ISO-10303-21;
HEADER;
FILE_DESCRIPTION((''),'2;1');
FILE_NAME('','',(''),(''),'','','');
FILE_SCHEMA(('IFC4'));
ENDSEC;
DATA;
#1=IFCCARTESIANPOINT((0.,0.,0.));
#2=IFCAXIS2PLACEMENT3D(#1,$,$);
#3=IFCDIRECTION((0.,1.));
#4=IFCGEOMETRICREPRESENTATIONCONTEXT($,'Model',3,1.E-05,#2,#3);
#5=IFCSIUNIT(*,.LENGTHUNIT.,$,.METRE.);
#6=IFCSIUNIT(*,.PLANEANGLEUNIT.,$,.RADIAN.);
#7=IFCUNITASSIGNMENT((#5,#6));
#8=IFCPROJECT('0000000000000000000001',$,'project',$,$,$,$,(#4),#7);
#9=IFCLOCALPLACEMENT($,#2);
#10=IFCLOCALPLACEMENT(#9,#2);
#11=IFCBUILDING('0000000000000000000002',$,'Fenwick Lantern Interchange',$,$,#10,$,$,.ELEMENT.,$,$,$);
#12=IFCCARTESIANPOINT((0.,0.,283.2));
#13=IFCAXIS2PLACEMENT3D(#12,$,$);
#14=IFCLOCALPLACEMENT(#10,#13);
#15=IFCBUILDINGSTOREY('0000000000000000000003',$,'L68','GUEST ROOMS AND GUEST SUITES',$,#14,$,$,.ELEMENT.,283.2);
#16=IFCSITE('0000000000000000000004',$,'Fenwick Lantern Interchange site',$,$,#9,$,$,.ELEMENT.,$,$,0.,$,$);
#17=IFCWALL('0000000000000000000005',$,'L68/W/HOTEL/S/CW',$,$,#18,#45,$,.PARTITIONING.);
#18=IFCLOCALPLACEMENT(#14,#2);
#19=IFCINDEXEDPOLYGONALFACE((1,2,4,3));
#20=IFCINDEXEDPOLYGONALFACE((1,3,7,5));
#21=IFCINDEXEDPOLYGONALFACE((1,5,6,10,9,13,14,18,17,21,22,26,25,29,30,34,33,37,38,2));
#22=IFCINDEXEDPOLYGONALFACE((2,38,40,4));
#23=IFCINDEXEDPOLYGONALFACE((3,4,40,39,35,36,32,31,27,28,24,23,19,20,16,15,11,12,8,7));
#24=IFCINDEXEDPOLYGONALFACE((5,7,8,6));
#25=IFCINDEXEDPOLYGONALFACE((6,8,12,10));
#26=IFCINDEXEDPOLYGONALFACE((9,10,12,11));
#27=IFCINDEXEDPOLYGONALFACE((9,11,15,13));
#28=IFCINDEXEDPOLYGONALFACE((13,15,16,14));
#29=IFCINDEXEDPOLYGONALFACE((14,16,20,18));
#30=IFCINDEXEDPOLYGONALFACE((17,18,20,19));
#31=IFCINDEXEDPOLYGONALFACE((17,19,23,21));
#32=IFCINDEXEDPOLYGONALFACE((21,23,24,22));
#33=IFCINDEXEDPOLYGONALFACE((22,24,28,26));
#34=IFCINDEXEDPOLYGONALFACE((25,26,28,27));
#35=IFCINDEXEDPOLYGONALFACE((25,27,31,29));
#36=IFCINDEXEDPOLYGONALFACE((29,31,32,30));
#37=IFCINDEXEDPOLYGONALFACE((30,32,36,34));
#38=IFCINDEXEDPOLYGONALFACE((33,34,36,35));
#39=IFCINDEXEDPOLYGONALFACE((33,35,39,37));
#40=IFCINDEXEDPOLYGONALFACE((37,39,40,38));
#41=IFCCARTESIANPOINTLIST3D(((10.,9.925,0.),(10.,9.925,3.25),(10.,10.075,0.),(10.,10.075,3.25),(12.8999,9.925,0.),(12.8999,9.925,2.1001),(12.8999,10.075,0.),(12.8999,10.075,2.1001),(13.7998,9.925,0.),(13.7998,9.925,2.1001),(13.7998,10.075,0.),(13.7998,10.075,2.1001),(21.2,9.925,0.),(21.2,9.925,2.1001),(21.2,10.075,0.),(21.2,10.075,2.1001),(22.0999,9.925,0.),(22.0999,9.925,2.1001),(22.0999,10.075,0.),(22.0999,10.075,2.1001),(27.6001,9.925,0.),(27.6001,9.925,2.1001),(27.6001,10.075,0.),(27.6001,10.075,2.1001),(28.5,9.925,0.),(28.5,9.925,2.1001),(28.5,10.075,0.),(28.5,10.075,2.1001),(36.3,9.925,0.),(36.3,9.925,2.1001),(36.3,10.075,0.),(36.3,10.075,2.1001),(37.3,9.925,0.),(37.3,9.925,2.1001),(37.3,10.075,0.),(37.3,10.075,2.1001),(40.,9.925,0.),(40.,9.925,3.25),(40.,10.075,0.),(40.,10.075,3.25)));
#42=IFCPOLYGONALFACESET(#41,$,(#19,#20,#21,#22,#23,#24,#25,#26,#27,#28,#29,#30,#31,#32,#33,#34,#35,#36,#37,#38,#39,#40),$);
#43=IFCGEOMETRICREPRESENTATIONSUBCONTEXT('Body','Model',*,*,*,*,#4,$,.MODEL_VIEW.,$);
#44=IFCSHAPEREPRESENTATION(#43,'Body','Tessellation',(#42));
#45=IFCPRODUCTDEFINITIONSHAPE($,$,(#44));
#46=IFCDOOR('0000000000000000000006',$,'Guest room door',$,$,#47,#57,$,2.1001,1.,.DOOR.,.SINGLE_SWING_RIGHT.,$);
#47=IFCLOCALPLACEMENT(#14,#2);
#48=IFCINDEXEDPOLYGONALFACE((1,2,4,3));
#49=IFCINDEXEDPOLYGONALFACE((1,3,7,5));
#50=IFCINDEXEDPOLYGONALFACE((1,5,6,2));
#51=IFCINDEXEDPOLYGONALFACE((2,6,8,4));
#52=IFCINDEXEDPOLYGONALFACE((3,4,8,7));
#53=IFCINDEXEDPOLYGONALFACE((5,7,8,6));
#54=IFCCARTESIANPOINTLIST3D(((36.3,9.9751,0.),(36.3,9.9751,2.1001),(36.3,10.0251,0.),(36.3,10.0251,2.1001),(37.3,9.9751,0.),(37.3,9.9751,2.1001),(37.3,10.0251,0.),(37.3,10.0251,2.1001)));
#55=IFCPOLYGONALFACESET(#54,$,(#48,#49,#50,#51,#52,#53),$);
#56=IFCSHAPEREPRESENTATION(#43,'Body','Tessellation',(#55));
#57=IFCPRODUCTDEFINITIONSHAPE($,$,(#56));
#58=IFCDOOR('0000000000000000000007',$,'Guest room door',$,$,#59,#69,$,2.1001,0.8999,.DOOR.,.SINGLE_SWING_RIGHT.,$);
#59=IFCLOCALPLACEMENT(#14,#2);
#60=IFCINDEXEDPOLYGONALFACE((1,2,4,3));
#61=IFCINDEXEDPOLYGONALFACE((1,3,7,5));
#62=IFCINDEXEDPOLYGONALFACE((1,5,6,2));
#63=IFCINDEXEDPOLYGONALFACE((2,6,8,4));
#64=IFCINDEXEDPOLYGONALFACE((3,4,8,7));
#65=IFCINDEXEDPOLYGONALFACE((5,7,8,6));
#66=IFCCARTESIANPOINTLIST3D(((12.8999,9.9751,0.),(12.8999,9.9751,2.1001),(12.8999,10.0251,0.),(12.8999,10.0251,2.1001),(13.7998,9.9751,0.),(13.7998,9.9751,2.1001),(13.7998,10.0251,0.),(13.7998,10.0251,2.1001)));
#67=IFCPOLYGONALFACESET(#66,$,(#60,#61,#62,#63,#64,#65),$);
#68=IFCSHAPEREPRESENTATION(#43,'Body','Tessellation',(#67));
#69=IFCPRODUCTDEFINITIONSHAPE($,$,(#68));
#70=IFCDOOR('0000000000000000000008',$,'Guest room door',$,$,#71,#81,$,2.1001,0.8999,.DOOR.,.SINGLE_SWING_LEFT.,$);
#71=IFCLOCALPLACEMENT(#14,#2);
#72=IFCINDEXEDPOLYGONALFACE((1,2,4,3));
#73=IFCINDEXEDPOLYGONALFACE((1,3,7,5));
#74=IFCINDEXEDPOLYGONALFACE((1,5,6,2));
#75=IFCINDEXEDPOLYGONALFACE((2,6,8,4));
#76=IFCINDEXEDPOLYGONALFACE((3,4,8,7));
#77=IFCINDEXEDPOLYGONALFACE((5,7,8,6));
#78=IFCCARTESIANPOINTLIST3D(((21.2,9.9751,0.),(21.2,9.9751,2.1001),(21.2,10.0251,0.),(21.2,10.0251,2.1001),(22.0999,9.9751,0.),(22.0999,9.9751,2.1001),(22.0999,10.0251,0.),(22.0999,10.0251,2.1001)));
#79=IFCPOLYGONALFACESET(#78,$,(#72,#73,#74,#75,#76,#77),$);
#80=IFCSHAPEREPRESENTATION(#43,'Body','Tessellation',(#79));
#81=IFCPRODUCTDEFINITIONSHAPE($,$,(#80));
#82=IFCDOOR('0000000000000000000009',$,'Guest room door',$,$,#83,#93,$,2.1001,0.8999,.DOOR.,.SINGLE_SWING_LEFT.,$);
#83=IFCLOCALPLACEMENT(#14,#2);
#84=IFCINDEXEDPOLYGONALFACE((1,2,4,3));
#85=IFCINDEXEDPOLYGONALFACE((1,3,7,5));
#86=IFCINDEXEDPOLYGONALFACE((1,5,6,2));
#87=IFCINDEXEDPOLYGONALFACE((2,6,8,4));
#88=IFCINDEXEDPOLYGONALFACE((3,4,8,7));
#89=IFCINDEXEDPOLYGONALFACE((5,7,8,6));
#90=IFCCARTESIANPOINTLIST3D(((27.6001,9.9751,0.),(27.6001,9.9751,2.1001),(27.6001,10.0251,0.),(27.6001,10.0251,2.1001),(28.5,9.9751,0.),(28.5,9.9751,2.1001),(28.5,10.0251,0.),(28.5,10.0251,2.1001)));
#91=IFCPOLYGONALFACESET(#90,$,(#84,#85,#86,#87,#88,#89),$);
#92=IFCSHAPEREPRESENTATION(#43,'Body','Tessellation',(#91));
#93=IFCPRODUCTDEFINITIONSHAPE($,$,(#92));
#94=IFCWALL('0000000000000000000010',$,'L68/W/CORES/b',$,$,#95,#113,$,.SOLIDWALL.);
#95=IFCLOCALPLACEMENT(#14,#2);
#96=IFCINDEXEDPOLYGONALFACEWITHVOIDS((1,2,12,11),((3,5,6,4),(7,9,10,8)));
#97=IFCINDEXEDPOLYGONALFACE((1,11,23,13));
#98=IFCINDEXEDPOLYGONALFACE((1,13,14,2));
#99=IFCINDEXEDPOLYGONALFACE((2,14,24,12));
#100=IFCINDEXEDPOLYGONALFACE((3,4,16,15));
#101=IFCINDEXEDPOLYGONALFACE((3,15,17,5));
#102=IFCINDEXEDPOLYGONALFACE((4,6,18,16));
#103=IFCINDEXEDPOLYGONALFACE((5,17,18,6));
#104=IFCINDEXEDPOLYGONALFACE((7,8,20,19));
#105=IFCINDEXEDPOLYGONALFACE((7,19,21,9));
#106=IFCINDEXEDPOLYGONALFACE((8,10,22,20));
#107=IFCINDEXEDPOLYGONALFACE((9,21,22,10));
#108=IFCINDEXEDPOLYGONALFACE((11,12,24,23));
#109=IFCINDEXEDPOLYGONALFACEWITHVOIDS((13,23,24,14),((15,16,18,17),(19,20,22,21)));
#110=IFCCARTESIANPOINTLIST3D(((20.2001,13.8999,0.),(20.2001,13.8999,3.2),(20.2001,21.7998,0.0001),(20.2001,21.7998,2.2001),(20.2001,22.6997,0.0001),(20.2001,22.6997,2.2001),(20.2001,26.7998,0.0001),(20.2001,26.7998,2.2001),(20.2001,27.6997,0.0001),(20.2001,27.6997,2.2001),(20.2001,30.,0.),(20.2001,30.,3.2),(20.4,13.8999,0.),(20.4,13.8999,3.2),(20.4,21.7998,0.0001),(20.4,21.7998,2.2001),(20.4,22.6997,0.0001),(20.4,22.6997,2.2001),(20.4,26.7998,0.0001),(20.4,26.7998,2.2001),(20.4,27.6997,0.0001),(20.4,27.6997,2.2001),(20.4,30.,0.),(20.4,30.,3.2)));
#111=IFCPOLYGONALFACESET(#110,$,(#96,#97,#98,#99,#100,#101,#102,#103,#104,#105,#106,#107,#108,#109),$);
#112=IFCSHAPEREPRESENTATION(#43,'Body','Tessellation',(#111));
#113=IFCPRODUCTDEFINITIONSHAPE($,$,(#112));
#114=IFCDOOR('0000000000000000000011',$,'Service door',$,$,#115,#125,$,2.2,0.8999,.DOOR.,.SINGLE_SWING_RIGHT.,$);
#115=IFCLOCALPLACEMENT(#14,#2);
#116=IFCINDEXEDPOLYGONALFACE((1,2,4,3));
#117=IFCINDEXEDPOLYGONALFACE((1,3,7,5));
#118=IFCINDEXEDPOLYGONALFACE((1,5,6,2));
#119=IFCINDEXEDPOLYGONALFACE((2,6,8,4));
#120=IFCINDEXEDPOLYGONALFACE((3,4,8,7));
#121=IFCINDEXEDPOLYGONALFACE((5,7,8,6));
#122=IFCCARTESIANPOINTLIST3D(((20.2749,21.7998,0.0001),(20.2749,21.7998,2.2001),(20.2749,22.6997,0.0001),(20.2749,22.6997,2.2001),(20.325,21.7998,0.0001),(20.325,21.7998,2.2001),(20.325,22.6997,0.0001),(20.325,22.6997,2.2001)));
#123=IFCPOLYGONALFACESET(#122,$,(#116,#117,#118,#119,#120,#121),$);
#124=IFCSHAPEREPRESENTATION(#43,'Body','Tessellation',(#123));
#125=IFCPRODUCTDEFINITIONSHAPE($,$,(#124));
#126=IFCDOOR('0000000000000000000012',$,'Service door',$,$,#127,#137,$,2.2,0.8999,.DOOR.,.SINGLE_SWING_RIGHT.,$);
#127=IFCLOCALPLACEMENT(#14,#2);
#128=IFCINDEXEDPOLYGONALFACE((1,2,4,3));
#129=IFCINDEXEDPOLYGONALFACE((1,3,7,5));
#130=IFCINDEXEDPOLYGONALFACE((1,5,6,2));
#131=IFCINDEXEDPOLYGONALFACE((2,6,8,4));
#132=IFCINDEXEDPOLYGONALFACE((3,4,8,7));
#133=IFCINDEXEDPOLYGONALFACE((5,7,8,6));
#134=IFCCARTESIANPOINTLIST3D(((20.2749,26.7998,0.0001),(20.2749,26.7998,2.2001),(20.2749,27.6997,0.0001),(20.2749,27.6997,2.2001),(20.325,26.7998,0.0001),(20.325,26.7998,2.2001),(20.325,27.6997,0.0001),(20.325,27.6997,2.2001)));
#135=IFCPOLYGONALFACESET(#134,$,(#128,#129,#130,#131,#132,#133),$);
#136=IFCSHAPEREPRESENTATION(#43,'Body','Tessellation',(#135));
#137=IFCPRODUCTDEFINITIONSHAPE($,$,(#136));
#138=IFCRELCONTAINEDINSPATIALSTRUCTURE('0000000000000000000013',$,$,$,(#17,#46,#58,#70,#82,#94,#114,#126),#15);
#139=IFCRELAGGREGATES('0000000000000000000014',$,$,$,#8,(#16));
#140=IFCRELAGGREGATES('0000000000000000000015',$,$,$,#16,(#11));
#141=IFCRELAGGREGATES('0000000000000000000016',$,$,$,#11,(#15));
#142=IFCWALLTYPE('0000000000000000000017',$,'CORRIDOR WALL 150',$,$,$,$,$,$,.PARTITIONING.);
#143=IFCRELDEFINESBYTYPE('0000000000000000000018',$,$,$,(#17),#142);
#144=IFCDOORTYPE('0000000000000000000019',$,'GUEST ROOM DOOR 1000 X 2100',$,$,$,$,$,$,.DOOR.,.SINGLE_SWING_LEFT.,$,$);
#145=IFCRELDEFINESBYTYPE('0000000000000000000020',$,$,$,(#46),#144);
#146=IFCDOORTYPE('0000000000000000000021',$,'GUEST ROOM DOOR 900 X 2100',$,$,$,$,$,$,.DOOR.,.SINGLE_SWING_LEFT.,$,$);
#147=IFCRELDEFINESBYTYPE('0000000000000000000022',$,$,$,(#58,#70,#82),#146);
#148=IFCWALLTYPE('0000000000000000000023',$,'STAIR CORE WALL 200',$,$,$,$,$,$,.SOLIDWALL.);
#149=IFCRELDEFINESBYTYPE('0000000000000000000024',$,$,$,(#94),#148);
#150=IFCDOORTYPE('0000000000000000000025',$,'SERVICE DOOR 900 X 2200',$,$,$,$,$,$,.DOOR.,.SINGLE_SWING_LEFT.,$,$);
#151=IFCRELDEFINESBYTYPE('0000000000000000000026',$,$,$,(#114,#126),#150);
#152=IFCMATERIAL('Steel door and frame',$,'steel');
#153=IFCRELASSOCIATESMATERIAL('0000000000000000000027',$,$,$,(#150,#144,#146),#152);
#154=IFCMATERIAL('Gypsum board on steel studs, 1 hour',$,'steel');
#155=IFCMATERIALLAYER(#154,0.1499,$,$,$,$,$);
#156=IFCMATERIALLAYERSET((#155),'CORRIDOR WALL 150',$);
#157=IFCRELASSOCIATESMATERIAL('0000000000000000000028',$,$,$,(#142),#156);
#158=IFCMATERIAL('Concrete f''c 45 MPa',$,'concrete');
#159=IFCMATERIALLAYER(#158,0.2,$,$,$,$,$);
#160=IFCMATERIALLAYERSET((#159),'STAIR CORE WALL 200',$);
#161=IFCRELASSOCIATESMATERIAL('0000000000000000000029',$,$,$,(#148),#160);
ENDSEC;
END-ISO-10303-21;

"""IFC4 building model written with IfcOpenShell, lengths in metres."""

from ifc_helpers import new_model, si_unit, direction, frame, frame_2d, origin, place, context, subcontext, project, spatial, rectangle, extrude, material, layer, layer_set, type_object, element, fill, save


model = new_model("IFC4")

# Units and contexts
model_context = context("Model", 3, precision=1e-05, world=origin(), true_north=direction((0.0, 1.0)))
body_context = subcontext(model_context, "Body", "Model", "MODEL_VIEW")
ifc_project = project(units=[si_unit("LENGTHUNIT", "METRE"), si_unit("PLANEANGLEUNIT", "RADIAN")], contexts=[model_context])

# Site, building, storey
site_placement = place(None, origin())
site = spatial("IfcSite", under=ifc_project, at=site_placement, Name="Fenwick Lantern Interchange site", CompositionType="ELEMENT", RefElevation=0.0)
building_placement = place(site_placement, origin())
building = spatial("IfcBuilding", under=site, at=building_placement, Name="Fenwick Lantern Interchange", CompositionType="ELEMENT")
storey_placement = place(building_placement, frame((0.0, 0.0, 283.2)))
storey = spatial("IfcBuildingStorey", under=building, at=storey_placement, Name="L68", Description="GUEST ROOMS AND GUEST SUITES", CompositionType="ELEMENT", Elevation=283.2)

# Shared definitions
ifc_material_1 = material(Name="Steel door and frame", Category="steel")
door_type_1 = type_object("IfcDoorType", Name="SERVICE DOOR 900 X 2200", OperationType="SINGLE_SWING_LEFT", PredefinedType="DOOR", material=ifc_material_1)

# Walls, openings, doors
ifc_material_2 = material(Name="Gypsum board on steel studs, 1 hour", Category="steel")
ifc_layer_1 = layer(ifc_material_2, 0.1499)
ifc_layer_set_1 = layer_set([ifc_layer_1], Name="CORRIDOR WALL 150")
wall_type_1 = type_object("IfcWallType", Name="CORRIDOR WALL 150", PredefinedType="PARTITIONING", material=ifc_layer_set_1)
wall_1_placement = place(storey_placement, frame((10.0, 10.0, 0.0), z_axis=(0.0, 0.0, 1.0), x_axis=(1.0, 0.0, 0.0)))
wall_1 = element("IfcWall", 1, at=wall_1_placement, inside=storey, type_object=wall_type_1, Name="L68/W/HOTEL/S/CW", PredefinedType="PARTITIONING", context=body_context, shape_type="SweptSolid", body=[
    extrude(rectangle(XDim=30.0, YDim=0.1499, at=frame_2d((15.0, 0.0))), origin(), (0.0, 0.0, 1.0), 3.25),
])
opening_1_placement = place(wall_1_placement, frame((2.8999, 0.0, 0.0)))
opening_1 = element("IfcOpeningElement", 2, at=opening_1_placement, cuts=wall_1, PredefinedType="OPENING", context=body_context, shape_type="SweptSolid", body=[
    extrude(rectangle(XDim=0.8999, YDim=2.1001, at=frame_2d((0.45, 1.05))), frame((0.0, 0.085, 0.0), z_axis=(0.0, -1.0, 0.0), x_axis=(1.0, 0.0, 0.0)), (0.0, 0.0, 1.0), 0.1699),
])
opening_2_placement = place(wall_1_placement, frame((11.2, 0.0, 0.0)))
opening_2 = element("IfcOpeningElement", 3, at=opening_2_placement, cuts=wall_1, PredefinedType="OPENING", context=body_context, shape_type="SweptSolid", body=[
    extrude(rectangle(XDim=0.8999, YDim=2.1001, at=frame_2d((0.45, 1.05))), frame((0.0, 0.085, 0.0), z_axis=(0.0, -1.0, 0.0), x_axis=(1.0, 0.0, 0.0)), (0.0, 0.0, 1.0), 0.1699),
])
opening_3_placement = place(wall_1_placement, frame((17.6001, 0.0, 0.0)))
opening_3 = element("IfcOpeningElement", 4, at=opening_3_placement, cuts=wall_1, PredefinedType="OPENING", context=body_context, shape_type="SweptSolid", body=[
    extrude(rectangle(XDim=0.8999, YDim=2.1001, at=frame_2d((0.45, 1.05))), frame((0.0, 0.085, 0.0), z_axis=(0.0, -1.0, 0.0), x_axis=(1.0, 0.0, 0.0)), (0.0, 0.0, 1.0), 0.1699),
])
opening_4_placement = place(wall_1_placement, frame((26.3, 0.0, 0.0)))
opening_4 = element("IfcOpeningElement", 5, at=opening_4_placement, cuts=wall_1, PredefinedType="OPENING", context=body_context, shape_type="SweptSolid", body=[
    extrude(rectangle(XDim=1.0, YDim=2.1001, at=frame_2d((0.5, 1.05))), frame((0.0, 0.085, 0.0), z_axis=(0.0, -1.0, 0.0), x_axis=(1.0, 0.0, 0.0)), (0.0, 0.0, 1.0), 0.1699),
])
door_type_2 = type_object("IfcDoorType", Name="GUEST ROOM DOOR 1000 X 2100", OperationType="SINGLE_SWING_LEFT", PredefinedType="DOOR", material=ifc_material_1)
door_1_placement = place(opening_4_placement, frame((1.0, 0.0, 0.0), z_axis=(0.0, 0.0, 1.0), x_axis=(-1.0, 0.0, 0.0)))
door_1 = element("IfcDoor", 6, at=door_1_placement, inside=storey, type_object=door_type_2, Name="Guest room door", OperationType="SINGLE_SWING_RIGHT", OverallHeight=2.1001, OverallWidth=1.0, PredefinedType="DOOR", context=body_context, shape_type="SweptSolid", body=[
    extrude(rectangle(XDim=1.0, YDim=2.1001, at=frame_2d((0.5, 1.05))), frame((0.0, 0.0249, 0.0), z_axis=(0.0, -1.0, 0.0), x_axis=(1.0, 0.0, 0.0)), (0.0, 0.0, 1.0), 0.05),
])
fill(opening_4, door_1)
door_type_3 = type_object("IfcDoorType", Name="GUEST ROOM DOOR 900 X 2100", OperationType="SINGLE_SWING_LEFT", PredefinedType="DOOR", material=ifc_material_1)
door_2_placement = place(opening_1_placement, frame((0.8999, 0.0, 0.0), z_axis=(0.0, 0.0, 1.0), x_axis=(-1.0, 0.0, 0.0)))
door_2 = element("IfcDoor", 7, at=door_2_placement, inside=storey, type_object=door_type_3, Name="Guest room door", OperationType="SINGLE_SWING_RIGHT", OverallHeight=2.1001, OverallWidth=0.8999, PredefinedType="DOOR", context=body_context, shape_type="SweptSolid", body=[
    extrude(rectangle(XDim=0.8999, YDim=2.1001, at=frame_2d((0.45, 1.05))), frame((0.0, 0.0249, 0.0), z_axis=(0.0, -1.0, 0.0), x_axis=(1.0, 0.0, 0.0)), (0.0, 0.0, 1.0), 0.05),
])
fill(opening_1, door_2)
door_3_placement = place(opening_2_placement, frame((0.8999, 0.0, 0.0), z_axis=(0.0, 0.0, 1.0), x_axis=(-1.0, 0.0, 0.0)))
door_3 = element("IfcDoor", 8, at=door_3_placement, inside=storey, type_object=door_type_3, Name="Guest room door", OperationType="SINGLE_SWING_LEFT", OverallHeight=2.1001, OverallWidth=0.8999, PredefinedType="DOOR", context=body_context, shape_type="SweptSolid", body=[
    extrude(rectangle(XDim=0.8999, YDim=2.1001, at=frame_2d((0.45, 1.05))), frame((0.0, 0.0249, 0.0), z_axis=(0.0, -1.0, 0.0), x_axis=(1.0, 0.0, 0.0)), (0.0, 0.0, 1.0), 0.05),
])
fill(opening_2, door_3)
door_4_placement = place(opening_3_placement, frame((0.8999, 0.0, 0.0), z_axis=(0.0, 0.0, 1.0), x_axis=(-1.0, 0.0, 0.0)))
door_4 = element("IfcDoor", 9, at=door_4_placement, inside=storey, type_object=door_type_3, Name="Guest room door", OperationType="SINGLE_SWING_LEFT", OverallHeight=2.1001, OverallWidth=0.8999, PredefinedType="DOOR", context=body_context, shape_type="SweptSolid", body=[
    extrude(rectangle(XDim=0.8999, YDim=2.1001, at=frame_2d((0.45, 1.05))), frame((0.0, 0.0249, 0.0), z_axis=(0.0, -1.0, 0.0), x_axis=(1.0, 0.0, 0.0)), (0.0, 0.0, 1.0), 0.05),
])
fill(opening_3, door_4)
ifc_material_3 = material(Name="Concrete f'c 45 MPa", Category="concrete")
ifc_layer_2 = layer(ifc_material_3, 0.2)
ifc_layer_set_2 = layer_set([ifc_layer_2], Name="STAIR CORE WALL 200")
wall_type_2 = type_object("IfcWallType", Name="STAIR CORE WALL 200", PredefinedType="SOLIDWALL", material=ifc_layer_set_2)
wall_2_placement = place(storey_placement, frame((20.3, 13.8999, 0.0), z_axis=(0.0, 0.0, 1.0), x_axis=(0.0, 1.0, 0.0)))
wall_2 = element("IfcWall", 10, at=wall_2_placement, inside=storey, type_object=wall_type_2, Name="L68/W/CORES/b", PredefinedType="SOLIDWALL", context=body_context, shape_type="SweptSolid", body=[
    extrude(rectangle(XDim=16.1001, YDim=0.2, at=frame_2d((8.05, 0.0))), origin(), (0.0, 0.0, 1.0), 3.2),
])
opening_5_placement = place(wall_2_placement, frame((7.8999, 0.0, 0.0)))
opening_5 = element("IfcOpeningElement", 11, at=opening_5_placement, cuts=wall_2, PredefinedType="OPENING", context=body_context, shape_type="SweptSolid", body=[
    extrude(rectangle(XDim=0.8999, YDim=2.2, at=frame_2d((0.45, 1.1001))), frame((0.0, 0.1099, 0.0), z_axis=(0.0, -1.0, 0.0), x_axis=(1.0, 0.0, 0.0)), (0.0, 0.0, 1.0), 0.22),
])
opening_6_placement = place(wall_2_placement, frame((12.8999, 0.0, 0.0)))
opening_6 = element("IfcOpeningElement", 12, at=opening_6_placement, cuts=wall_2, PredefinedType="OPENING", context=body_context, shape_type="SweptSolid", body=[
    extrude(rectangle(XDim=0.8999, YDim=2.2, at=frame_2d((0.45, 1.1001))), frame((0.0, 0.1099, 0.0), z_axis=(0.0, -1.0, 0.0), x_axis=(1.0, 0.0, 0.0)), (0.0, 0.0, 1.0), 0.22),
])
door_5_placement = place(opening_5_placement, frame((0.8999, 0.0, 0.0), z_axis=(0.0, 0.0, 1.0), x_axis=(-1.0, 0.0, 0.0)))
door_5 = element("IfcDoor", 13, at=door_5_placement, inside=storey, type_object=door_type_1, Name="Service door", OperationType="SINGLE_SWING_RIGHT", OverallHeight=2.2, OverallWidth=0.8999, PredefinedType="DOOR", context=body_context, shape_type="SweptSolid", body=[
    extrude(rectangle(XDim=0.8999, YDim=2.2, at=frame_2d((0.45, 1.1001))), frame((0.0, 0.0249, 0.0), z_axis=(0.0, -1.0, 0.0), x_axis=(1.0, 0.0, 0.0)), (0.0, 0.0, 1.0), 0.05),
])
fill(opening_5, door_5)
door_6_placement = place(opening_6_placement, frame((0.8999, 0.0, 0.0), z_axis=(0.0, 0.0, 1.0), x_axis=(-1.0, 0.0, 0.0)))
door_6 = element("IfcDoor", 14, at=door_6_placement, inside=storey, type_object=door_type_1, Name="Service door", OperationType="SINGLE_SWING_RIGHT", OverallHeight=2.2, OverallWidth=0.8999, PredefinedType="DOOR", context=body_context, shape_type="SweptSolid", body=[
    extrude(rectangle(XDim=0.8999, YDim=2.2, at=frame_2d((0.45, 1.1001))), frame((0.0, 0.0249, 0.0), z_axis=(0.0, -1.0, 0.0), x_axis=(1.0, 0.0, 0.0)), (0.0, 0.0, 1.0), 0.05),
])
fill(opening_6, door_6)

save(model, "model.ifc")
